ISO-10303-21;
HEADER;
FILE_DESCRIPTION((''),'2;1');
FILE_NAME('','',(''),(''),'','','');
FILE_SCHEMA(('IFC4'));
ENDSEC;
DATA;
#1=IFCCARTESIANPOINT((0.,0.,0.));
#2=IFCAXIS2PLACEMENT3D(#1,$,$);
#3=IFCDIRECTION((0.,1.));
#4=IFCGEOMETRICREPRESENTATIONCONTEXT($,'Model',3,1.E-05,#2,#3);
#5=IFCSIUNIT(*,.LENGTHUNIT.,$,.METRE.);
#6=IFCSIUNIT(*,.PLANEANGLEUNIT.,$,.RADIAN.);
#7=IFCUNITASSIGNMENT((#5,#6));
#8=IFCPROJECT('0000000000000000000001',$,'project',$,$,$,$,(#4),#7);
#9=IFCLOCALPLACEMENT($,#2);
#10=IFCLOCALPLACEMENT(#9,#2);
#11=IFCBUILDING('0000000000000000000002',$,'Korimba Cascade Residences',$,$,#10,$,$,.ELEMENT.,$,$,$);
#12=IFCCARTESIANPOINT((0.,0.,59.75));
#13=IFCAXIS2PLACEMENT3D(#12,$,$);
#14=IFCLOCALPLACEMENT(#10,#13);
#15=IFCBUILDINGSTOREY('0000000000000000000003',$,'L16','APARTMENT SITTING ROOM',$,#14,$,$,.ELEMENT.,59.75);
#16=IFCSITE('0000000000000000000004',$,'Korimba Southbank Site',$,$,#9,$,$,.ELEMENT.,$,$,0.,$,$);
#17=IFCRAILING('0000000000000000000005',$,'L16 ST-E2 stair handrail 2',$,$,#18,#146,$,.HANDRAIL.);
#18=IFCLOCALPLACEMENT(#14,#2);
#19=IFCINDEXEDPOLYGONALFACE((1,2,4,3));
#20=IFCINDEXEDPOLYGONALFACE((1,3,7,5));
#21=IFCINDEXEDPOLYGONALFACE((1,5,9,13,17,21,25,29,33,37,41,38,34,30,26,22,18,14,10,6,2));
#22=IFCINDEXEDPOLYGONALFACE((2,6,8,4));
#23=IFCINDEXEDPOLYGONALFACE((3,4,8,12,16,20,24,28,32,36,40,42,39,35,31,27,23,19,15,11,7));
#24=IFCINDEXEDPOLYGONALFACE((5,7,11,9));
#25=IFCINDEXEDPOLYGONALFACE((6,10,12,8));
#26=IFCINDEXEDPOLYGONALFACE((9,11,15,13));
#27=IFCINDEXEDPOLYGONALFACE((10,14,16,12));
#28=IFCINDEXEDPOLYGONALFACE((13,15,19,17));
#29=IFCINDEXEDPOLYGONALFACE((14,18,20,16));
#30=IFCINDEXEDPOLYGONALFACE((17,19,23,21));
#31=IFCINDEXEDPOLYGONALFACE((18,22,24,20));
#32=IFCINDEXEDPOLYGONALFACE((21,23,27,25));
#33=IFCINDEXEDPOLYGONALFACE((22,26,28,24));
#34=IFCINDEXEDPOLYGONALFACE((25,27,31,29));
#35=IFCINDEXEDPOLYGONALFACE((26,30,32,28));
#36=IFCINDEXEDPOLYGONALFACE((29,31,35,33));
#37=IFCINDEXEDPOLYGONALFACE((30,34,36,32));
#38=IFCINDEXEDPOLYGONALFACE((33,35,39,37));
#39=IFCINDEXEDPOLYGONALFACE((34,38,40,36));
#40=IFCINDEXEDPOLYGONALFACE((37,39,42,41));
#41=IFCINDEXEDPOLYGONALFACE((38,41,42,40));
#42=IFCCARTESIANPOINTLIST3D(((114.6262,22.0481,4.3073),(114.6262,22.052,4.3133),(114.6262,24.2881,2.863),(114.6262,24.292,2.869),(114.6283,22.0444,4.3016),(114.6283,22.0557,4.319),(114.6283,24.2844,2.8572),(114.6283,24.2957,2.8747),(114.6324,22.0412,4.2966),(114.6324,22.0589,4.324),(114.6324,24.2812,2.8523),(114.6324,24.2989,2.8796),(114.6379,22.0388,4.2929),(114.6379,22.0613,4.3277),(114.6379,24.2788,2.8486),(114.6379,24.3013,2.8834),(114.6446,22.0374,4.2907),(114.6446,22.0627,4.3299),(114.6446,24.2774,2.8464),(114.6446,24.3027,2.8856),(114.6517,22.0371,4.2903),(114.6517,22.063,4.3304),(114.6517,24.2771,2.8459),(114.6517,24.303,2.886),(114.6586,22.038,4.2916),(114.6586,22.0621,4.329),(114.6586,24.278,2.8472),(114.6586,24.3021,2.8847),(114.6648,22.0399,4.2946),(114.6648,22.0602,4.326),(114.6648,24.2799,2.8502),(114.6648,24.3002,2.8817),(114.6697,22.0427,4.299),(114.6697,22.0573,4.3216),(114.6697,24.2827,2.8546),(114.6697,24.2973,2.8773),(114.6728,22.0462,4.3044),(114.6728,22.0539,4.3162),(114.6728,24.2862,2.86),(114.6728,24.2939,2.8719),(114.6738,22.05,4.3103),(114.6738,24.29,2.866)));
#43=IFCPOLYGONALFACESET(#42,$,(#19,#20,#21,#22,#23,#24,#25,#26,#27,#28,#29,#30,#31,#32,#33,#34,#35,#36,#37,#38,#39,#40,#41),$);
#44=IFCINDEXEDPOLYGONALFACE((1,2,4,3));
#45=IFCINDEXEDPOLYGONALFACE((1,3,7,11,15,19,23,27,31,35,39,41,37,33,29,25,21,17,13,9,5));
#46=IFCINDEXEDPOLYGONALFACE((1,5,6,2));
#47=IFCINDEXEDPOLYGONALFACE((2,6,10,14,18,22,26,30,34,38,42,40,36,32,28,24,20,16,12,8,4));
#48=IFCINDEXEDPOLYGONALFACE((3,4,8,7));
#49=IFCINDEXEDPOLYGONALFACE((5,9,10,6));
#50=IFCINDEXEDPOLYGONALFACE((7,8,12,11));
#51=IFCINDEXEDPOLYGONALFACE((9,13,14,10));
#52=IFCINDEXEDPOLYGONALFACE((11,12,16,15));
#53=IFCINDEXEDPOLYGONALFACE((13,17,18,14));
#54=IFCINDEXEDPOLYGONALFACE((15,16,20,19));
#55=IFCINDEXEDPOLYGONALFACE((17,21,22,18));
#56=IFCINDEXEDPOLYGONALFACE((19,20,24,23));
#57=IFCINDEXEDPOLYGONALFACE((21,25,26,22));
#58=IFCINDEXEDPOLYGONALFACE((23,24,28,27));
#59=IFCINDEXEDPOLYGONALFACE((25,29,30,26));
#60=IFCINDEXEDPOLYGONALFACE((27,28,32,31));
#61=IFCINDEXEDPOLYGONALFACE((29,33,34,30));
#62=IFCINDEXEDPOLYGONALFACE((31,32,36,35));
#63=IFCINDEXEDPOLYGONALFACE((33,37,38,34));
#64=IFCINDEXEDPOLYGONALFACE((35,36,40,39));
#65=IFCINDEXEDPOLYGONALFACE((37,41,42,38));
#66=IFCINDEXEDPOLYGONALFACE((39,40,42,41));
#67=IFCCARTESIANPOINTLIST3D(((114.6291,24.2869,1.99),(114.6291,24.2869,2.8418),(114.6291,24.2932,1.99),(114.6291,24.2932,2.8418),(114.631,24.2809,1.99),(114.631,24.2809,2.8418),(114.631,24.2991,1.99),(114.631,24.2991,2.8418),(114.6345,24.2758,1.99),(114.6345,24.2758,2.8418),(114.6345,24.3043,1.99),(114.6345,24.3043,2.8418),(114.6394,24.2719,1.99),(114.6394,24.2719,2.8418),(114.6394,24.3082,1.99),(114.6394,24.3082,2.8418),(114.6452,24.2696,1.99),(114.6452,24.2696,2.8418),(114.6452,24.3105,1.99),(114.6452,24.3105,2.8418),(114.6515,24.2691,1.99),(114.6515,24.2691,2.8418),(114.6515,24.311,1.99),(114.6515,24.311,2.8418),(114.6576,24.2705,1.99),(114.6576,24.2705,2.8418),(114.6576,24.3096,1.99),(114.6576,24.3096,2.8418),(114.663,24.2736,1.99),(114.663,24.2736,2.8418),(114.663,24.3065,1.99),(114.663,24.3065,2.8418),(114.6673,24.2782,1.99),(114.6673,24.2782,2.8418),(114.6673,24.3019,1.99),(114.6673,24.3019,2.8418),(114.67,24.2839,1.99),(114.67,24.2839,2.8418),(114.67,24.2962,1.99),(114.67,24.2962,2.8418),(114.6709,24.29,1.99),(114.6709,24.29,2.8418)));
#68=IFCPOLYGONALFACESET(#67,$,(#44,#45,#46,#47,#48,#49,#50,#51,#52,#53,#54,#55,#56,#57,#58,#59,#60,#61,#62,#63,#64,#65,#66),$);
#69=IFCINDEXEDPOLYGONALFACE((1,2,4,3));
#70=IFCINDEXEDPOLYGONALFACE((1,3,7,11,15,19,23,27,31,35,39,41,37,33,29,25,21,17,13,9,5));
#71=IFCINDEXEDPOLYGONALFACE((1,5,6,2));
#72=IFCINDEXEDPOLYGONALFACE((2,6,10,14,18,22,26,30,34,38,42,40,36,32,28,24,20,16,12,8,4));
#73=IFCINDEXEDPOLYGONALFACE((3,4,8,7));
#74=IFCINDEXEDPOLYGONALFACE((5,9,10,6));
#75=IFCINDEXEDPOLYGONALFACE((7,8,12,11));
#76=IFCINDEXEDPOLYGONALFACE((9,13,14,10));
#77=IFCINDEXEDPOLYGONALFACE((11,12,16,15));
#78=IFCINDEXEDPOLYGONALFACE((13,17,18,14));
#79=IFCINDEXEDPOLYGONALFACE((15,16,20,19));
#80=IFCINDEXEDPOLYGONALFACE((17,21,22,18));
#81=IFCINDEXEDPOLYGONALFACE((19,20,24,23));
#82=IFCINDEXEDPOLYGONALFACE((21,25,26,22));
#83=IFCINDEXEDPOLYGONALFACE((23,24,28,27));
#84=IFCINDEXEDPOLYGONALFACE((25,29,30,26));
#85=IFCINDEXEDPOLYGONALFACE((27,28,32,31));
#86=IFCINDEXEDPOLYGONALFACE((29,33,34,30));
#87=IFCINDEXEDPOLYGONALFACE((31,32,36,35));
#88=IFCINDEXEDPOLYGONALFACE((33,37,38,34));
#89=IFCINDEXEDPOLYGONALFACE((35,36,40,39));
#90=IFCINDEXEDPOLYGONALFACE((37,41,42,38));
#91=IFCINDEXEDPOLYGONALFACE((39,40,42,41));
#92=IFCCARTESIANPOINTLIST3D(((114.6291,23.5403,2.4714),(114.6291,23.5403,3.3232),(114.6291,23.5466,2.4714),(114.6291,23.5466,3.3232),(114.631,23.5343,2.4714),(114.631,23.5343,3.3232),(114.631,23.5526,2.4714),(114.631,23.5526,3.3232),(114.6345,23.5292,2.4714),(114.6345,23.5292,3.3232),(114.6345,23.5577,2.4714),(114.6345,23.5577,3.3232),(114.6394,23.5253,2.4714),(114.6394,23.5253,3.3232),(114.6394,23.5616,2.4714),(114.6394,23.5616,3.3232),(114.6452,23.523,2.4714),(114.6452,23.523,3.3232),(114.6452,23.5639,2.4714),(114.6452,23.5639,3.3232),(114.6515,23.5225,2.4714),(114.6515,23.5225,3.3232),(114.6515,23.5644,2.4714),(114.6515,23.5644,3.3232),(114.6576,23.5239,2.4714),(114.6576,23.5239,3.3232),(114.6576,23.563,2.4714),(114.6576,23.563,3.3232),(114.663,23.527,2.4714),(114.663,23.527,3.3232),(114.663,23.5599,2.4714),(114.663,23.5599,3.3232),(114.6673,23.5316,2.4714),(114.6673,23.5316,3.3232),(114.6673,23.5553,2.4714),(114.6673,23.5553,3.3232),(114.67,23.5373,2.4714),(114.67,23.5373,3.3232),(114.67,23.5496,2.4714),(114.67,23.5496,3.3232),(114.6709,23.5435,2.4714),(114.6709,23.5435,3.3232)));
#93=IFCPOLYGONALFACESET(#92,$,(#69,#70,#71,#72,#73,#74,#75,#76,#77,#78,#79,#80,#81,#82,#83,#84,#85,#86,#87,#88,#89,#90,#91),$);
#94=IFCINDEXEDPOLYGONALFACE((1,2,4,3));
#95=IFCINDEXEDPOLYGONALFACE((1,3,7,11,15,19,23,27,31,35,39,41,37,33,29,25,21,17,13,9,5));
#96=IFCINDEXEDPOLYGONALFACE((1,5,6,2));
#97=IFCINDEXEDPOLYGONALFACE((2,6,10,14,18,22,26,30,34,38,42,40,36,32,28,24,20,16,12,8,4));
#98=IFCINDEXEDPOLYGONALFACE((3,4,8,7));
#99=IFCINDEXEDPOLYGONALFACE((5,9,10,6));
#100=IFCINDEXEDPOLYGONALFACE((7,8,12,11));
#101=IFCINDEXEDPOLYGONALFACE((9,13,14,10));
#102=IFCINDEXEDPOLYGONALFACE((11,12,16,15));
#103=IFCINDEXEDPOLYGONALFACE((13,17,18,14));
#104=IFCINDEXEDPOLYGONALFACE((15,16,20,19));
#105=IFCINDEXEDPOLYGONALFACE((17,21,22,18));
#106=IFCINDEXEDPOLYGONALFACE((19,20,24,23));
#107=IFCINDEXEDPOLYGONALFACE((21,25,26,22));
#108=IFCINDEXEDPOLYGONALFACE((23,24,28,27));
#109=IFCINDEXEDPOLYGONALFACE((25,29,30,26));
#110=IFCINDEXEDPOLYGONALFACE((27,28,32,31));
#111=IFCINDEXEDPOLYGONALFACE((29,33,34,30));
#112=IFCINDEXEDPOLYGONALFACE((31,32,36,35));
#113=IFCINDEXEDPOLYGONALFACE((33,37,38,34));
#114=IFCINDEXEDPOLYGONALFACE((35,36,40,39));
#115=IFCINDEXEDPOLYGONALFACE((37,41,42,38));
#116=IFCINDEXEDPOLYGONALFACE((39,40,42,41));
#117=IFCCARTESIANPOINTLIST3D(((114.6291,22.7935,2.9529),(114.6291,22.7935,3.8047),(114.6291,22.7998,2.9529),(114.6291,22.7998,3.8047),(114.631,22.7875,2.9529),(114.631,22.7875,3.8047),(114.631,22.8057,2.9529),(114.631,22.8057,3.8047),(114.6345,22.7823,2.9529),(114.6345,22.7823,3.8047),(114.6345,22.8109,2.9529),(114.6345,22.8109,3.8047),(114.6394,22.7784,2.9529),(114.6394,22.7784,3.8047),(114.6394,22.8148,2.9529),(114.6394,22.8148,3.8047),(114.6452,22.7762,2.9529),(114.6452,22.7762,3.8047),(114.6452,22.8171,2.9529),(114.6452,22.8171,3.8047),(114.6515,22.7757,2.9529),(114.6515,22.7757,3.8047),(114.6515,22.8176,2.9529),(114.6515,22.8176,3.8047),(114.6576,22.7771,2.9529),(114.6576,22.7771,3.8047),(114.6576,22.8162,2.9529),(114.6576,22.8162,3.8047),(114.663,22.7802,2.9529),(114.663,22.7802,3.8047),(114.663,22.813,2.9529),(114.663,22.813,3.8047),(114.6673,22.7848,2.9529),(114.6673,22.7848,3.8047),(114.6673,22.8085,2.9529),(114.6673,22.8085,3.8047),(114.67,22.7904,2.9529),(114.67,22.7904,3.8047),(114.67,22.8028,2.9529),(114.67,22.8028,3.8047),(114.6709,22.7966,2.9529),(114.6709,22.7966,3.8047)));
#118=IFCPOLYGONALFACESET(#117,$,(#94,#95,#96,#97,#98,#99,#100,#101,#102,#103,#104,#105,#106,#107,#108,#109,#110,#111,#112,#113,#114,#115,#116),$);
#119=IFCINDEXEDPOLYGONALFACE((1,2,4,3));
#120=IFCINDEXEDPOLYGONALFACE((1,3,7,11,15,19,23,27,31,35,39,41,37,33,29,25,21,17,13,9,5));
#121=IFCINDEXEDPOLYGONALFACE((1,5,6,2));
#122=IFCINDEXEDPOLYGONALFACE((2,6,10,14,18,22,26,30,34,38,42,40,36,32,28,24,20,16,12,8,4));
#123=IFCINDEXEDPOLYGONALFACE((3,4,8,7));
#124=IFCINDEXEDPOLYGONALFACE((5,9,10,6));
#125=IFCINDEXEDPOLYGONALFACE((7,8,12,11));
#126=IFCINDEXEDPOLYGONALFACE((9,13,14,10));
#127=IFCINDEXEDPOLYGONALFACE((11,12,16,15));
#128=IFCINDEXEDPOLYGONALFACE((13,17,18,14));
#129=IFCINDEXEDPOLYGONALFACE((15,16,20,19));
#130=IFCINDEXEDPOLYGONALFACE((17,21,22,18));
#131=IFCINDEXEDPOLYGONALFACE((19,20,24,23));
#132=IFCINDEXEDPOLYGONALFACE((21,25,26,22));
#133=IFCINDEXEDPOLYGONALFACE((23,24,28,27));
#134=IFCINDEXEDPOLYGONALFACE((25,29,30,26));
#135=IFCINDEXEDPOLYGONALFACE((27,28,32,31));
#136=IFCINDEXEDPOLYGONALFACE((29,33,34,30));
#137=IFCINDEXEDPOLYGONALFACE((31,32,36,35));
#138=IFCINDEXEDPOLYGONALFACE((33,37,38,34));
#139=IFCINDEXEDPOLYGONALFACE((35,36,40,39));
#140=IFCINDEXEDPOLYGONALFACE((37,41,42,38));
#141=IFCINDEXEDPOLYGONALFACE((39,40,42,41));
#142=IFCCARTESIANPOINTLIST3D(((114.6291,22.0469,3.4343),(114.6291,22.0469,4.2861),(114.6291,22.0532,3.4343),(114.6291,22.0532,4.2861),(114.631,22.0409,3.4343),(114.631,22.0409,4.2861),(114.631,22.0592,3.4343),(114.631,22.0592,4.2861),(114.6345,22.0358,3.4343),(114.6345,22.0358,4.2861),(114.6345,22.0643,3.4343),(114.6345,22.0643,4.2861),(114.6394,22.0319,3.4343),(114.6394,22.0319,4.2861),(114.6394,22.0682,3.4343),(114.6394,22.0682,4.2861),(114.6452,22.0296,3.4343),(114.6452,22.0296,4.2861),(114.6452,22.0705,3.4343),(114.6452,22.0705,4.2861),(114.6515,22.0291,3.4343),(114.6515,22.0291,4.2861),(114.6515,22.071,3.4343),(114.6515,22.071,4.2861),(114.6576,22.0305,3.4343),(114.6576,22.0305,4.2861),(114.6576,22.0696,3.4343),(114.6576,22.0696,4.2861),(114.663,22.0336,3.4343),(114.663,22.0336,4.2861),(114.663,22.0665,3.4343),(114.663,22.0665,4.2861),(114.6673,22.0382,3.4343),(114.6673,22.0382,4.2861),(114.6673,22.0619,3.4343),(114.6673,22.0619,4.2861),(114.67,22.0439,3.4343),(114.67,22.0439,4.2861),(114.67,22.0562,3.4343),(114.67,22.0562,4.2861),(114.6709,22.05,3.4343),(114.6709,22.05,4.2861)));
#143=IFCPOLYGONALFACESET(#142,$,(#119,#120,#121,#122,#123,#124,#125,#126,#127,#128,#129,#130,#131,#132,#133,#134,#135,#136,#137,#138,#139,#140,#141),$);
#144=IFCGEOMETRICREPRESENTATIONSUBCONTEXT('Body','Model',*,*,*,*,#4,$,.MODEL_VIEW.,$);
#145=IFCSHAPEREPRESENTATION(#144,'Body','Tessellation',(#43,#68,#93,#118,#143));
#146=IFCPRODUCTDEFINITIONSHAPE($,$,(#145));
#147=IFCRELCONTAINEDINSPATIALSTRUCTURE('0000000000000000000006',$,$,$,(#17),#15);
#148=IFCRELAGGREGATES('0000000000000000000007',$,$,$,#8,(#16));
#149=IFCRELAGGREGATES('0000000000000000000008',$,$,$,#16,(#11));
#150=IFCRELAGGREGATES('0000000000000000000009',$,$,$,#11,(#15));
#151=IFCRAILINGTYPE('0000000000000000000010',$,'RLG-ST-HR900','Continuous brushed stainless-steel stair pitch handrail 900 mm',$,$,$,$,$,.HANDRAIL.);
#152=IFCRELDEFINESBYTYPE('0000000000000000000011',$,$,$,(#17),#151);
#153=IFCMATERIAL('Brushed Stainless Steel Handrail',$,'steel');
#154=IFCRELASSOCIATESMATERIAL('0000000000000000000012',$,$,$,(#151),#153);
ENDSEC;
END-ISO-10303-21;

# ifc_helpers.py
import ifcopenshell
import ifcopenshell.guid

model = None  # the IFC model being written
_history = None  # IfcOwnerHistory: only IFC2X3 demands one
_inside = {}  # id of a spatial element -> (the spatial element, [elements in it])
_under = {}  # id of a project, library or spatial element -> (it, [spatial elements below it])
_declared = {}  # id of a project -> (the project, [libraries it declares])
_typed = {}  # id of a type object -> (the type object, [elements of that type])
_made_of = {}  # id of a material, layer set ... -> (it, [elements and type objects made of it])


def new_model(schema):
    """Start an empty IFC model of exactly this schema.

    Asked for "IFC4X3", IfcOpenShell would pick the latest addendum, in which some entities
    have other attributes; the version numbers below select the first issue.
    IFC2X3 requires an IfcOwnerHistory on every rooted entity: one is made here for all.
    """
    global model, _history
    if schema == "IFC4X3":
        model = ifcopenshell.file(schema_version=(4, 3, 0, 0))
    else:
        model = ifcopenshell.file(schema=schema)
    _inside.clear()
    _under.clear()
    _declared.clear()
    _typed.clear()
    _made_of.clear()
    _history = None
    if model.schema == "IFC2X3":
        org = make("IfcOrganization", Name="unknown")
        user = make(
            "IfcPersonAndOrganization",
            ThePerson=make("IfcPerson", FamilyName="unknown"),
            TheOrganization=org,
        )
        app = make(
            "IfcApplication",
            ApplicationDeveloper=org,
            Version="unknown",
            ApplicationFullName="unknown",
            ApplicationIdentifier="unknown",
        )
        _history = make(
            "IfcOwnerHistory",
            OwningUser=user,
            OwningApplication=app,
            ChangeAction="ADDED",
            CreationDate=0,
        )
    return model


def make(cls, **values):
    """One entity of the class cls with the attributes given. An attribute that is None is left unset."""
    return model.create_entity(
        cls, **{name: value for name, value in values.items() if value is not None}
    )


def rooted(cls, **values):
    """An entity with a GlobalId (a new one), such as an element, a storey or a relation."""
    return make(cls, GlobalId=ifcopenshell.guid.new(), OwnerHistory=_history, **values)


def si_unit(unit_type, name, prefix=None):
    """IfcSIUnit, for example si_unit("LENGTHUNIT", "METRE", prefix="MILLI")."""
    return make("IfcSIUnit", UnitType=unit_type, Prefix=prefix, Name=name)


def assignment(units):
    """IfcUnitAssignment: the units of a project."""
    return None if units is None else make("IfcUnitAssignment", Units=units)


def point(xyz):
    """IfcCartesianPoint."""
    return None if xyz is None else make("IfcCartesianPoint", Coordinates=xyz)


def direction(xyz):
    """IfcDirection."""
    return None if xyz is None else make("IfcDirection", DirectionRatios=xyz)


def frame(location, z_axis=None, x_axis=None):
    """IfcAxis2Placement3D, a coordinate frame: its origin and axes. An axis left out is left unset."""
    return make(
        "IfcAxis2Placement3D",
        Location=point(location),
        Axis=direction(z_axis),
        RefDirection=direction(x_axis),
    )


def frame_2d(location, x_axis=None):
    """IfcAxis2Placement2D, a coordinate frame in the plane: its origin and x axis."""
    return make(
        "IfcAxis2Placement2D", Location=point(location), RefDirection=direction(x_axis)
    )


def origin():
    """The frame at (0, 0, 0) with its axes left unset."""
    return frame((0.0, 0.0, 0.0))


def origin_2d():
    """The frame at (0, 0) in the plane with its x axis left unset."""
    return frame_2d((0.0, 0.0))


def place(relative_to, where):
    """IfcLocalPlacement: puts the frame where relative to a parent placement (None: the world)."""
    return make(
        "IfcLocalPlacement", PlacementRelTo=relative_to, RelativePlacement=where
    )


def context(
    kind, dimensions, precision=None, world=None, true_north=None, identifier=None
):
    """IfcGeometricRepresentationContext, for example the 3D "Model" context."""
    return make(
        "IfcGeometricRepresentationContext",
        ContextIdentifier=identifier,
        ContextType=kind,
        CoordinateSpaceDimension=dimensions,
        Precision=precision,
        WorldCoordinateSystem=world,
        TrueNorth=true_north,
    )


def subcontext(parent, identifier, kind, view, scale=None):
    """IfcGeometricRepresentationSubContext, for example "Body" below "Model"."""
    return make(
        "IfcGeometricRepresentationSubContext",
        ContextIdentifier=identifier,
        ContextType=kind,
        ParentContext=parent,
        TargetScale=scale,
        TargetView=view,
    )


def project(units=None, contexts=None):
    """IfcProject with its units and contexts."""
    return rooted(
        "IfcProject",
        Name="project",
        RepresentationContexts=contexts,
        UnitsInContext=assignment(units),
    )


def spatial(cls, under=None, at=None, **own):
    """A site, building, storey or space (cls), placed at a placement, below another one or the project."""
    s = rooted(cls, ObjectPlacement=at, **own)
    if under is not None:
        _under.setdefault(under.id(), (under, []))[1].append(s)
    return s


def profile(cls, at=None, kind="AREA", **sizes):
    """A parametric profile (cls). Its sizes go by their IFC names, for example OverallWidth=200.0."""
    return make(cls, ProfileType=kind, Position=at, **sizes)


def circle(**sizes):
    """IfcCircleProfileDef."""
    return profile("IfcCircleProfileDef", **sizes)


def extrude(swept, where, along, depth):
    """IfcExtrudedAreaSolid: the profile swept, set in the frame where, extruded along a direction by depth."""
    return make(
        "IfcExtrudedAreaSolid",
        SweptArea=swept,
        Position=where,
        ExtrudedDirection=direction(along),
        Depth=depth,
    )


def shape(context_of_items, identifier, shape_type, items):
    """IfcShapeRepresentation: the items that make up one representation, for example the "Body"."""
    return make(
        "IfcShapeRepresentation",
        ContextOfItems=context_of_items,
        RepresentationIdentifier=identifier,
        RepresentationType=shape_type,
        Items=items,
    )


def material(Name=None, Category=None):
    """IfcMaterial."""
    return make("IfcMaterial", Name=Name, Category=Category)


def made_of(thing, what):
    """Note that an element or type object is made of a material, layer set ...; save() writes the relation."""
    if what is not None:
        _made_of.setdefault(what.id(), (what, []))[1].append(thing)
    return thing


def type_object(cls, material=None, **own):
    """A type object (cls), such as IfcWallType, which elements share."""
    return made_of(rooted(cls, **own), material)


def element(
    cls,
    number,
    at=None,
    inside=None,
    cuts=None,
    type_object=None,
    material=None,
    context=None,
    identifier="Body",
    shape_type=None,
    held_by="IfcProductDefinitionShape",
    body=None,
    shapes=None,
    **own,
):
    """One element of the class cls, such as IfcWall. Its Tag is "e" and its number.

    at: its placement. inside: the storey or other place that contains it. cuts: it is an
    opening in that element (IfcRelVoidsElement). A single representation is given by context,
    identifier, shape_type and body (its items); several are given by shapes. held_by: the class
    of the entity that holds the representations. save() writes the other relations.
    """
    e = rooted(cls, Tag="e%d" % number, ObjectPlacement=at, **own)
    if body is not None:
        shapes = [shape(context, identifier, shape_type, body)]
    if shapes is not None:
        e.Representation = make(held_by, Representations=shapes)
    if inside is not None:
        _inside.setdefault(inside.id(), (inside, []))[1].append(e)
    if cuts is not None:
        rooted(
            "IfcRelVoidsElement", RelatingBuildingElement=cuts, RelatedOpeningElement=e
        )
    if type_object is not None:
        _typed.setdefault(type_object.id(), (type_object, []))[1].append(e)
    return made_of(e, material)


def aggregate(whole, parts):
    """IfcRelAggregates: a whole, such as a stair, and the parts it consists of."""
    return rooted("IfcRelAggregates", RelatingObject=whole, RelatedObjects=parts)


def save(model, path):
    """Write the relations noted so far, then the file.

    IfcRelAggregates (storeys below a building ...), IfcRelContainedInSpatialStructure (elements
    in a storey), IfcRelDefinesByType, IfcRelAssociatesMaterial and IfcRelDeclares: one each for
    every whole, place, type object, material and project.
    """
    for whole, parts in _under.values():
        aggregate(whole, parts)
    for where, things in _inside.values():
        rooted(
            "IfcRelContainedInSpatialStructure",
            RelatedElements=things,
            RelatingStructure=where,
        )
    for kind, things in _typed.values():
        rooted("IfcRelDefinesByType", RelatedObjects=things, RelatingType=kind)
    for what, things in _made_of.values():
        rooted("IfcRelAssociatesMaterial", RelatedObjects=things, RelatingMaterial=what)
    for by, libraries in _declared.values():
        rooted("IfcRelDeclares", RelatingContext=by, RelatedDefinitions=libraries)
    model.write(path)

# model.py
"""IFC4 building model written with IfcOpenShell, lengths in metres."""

from ifc_helpers import new_model, si_unit, direction, frame, origin, origin_2d, place, context, subcontext, project, spatial, circle, extrude, material, type_object, element, save


model = new_model("IFC4")

# Units and contexts
model_context = context("Model", 3, precision=1e-05, world=origin(), true_north=direction((0.0, 1.0)))
body_context = subcontext(model_context, "Body", "Model", "MODEL_VIEW")
ifc_project = project(units=[si_unit("LENGTHUNIT", "METRE"), si_unit("PLANEANGLEUNIT", "RADIAN")], contexts=[model_context])

# Site, building, storey
site_placement = place(None, origin())
site = spatial("IfcSite", under=ifc_project, at=site_placement, Name="Korimba Southbank Site", CompositionType="ELEMENT", RefElevation=0.0)
building_placement = place(site_placement, origin())
building = spatial("IfcBuilding", under=site, at=building_placement, Name="Korimba Cascade Residences", CompositionType="ELEMENT")
storey_placement = place(building_placement, frame((0.0, 0.0, 59.75)))
storey = spatial("IfcBuildingStorey", under=building, at=storey_placement, Name="L16", Description="APARTMENT SITTING ROOM", CompositionType="ELEMENT", Elevation=59.75)

# Railing
ifc_material_1 = material(Name="Brushed Stainless Steel Handrail", Category="steel")
railing_type_1 = type_object("IfcRailingType", Name="RLG-ST-HR900", Description="Continuous brushed stainless-steel stair pitch handrail 900 mm", PredefinedType="HANDRAIL", material=ifc_material_1)
railing_1_placement = place(storey_placement, frame((114.6499, 24.29, 1.99)))
element("IfcRailing", 1, at=railing_1_placement, inside=storey, type_object=railing_type_1, Name="L16 ST-E2 stair handrail 2", PredefinedType="HANDRAIL", context=body_context, shape_type="SweptSolid", body=[
    extrude(circle(Radius=0.0239, at=origin_2d()), frame((0.0, 0.0, 0.876), z_axis=(0.0, -0.840437, 0.54191), x_axis=(1.0, 0.0, 0.0)), (0.0, 0.0, 1.0), 2.6653),
    extrude(circle(Radius=0.021, at=origin_2d()), origin(), (0.0, 0.0, 1.0), 0.8518),
    extrude(circle(Radius=0.021, at=origin_2d()), frame((0.0, -0.7466, 0.4814)), (0.0, 0.0, 1.0), 0.8518),
    extrude(circle(Radius=0.021, at=origin_2d()), frame((0.0, -1.4934, 0.9629)), (0.0, 0.0, 1.0), 0.8518),
    extrude(circle(Radius=0.021, at=origin_2d()), frame((0.0, -2.24, 1.4443)), (0.0, 0.0, 1.0), 0.8518),
])

save(model, "model.ifc")
